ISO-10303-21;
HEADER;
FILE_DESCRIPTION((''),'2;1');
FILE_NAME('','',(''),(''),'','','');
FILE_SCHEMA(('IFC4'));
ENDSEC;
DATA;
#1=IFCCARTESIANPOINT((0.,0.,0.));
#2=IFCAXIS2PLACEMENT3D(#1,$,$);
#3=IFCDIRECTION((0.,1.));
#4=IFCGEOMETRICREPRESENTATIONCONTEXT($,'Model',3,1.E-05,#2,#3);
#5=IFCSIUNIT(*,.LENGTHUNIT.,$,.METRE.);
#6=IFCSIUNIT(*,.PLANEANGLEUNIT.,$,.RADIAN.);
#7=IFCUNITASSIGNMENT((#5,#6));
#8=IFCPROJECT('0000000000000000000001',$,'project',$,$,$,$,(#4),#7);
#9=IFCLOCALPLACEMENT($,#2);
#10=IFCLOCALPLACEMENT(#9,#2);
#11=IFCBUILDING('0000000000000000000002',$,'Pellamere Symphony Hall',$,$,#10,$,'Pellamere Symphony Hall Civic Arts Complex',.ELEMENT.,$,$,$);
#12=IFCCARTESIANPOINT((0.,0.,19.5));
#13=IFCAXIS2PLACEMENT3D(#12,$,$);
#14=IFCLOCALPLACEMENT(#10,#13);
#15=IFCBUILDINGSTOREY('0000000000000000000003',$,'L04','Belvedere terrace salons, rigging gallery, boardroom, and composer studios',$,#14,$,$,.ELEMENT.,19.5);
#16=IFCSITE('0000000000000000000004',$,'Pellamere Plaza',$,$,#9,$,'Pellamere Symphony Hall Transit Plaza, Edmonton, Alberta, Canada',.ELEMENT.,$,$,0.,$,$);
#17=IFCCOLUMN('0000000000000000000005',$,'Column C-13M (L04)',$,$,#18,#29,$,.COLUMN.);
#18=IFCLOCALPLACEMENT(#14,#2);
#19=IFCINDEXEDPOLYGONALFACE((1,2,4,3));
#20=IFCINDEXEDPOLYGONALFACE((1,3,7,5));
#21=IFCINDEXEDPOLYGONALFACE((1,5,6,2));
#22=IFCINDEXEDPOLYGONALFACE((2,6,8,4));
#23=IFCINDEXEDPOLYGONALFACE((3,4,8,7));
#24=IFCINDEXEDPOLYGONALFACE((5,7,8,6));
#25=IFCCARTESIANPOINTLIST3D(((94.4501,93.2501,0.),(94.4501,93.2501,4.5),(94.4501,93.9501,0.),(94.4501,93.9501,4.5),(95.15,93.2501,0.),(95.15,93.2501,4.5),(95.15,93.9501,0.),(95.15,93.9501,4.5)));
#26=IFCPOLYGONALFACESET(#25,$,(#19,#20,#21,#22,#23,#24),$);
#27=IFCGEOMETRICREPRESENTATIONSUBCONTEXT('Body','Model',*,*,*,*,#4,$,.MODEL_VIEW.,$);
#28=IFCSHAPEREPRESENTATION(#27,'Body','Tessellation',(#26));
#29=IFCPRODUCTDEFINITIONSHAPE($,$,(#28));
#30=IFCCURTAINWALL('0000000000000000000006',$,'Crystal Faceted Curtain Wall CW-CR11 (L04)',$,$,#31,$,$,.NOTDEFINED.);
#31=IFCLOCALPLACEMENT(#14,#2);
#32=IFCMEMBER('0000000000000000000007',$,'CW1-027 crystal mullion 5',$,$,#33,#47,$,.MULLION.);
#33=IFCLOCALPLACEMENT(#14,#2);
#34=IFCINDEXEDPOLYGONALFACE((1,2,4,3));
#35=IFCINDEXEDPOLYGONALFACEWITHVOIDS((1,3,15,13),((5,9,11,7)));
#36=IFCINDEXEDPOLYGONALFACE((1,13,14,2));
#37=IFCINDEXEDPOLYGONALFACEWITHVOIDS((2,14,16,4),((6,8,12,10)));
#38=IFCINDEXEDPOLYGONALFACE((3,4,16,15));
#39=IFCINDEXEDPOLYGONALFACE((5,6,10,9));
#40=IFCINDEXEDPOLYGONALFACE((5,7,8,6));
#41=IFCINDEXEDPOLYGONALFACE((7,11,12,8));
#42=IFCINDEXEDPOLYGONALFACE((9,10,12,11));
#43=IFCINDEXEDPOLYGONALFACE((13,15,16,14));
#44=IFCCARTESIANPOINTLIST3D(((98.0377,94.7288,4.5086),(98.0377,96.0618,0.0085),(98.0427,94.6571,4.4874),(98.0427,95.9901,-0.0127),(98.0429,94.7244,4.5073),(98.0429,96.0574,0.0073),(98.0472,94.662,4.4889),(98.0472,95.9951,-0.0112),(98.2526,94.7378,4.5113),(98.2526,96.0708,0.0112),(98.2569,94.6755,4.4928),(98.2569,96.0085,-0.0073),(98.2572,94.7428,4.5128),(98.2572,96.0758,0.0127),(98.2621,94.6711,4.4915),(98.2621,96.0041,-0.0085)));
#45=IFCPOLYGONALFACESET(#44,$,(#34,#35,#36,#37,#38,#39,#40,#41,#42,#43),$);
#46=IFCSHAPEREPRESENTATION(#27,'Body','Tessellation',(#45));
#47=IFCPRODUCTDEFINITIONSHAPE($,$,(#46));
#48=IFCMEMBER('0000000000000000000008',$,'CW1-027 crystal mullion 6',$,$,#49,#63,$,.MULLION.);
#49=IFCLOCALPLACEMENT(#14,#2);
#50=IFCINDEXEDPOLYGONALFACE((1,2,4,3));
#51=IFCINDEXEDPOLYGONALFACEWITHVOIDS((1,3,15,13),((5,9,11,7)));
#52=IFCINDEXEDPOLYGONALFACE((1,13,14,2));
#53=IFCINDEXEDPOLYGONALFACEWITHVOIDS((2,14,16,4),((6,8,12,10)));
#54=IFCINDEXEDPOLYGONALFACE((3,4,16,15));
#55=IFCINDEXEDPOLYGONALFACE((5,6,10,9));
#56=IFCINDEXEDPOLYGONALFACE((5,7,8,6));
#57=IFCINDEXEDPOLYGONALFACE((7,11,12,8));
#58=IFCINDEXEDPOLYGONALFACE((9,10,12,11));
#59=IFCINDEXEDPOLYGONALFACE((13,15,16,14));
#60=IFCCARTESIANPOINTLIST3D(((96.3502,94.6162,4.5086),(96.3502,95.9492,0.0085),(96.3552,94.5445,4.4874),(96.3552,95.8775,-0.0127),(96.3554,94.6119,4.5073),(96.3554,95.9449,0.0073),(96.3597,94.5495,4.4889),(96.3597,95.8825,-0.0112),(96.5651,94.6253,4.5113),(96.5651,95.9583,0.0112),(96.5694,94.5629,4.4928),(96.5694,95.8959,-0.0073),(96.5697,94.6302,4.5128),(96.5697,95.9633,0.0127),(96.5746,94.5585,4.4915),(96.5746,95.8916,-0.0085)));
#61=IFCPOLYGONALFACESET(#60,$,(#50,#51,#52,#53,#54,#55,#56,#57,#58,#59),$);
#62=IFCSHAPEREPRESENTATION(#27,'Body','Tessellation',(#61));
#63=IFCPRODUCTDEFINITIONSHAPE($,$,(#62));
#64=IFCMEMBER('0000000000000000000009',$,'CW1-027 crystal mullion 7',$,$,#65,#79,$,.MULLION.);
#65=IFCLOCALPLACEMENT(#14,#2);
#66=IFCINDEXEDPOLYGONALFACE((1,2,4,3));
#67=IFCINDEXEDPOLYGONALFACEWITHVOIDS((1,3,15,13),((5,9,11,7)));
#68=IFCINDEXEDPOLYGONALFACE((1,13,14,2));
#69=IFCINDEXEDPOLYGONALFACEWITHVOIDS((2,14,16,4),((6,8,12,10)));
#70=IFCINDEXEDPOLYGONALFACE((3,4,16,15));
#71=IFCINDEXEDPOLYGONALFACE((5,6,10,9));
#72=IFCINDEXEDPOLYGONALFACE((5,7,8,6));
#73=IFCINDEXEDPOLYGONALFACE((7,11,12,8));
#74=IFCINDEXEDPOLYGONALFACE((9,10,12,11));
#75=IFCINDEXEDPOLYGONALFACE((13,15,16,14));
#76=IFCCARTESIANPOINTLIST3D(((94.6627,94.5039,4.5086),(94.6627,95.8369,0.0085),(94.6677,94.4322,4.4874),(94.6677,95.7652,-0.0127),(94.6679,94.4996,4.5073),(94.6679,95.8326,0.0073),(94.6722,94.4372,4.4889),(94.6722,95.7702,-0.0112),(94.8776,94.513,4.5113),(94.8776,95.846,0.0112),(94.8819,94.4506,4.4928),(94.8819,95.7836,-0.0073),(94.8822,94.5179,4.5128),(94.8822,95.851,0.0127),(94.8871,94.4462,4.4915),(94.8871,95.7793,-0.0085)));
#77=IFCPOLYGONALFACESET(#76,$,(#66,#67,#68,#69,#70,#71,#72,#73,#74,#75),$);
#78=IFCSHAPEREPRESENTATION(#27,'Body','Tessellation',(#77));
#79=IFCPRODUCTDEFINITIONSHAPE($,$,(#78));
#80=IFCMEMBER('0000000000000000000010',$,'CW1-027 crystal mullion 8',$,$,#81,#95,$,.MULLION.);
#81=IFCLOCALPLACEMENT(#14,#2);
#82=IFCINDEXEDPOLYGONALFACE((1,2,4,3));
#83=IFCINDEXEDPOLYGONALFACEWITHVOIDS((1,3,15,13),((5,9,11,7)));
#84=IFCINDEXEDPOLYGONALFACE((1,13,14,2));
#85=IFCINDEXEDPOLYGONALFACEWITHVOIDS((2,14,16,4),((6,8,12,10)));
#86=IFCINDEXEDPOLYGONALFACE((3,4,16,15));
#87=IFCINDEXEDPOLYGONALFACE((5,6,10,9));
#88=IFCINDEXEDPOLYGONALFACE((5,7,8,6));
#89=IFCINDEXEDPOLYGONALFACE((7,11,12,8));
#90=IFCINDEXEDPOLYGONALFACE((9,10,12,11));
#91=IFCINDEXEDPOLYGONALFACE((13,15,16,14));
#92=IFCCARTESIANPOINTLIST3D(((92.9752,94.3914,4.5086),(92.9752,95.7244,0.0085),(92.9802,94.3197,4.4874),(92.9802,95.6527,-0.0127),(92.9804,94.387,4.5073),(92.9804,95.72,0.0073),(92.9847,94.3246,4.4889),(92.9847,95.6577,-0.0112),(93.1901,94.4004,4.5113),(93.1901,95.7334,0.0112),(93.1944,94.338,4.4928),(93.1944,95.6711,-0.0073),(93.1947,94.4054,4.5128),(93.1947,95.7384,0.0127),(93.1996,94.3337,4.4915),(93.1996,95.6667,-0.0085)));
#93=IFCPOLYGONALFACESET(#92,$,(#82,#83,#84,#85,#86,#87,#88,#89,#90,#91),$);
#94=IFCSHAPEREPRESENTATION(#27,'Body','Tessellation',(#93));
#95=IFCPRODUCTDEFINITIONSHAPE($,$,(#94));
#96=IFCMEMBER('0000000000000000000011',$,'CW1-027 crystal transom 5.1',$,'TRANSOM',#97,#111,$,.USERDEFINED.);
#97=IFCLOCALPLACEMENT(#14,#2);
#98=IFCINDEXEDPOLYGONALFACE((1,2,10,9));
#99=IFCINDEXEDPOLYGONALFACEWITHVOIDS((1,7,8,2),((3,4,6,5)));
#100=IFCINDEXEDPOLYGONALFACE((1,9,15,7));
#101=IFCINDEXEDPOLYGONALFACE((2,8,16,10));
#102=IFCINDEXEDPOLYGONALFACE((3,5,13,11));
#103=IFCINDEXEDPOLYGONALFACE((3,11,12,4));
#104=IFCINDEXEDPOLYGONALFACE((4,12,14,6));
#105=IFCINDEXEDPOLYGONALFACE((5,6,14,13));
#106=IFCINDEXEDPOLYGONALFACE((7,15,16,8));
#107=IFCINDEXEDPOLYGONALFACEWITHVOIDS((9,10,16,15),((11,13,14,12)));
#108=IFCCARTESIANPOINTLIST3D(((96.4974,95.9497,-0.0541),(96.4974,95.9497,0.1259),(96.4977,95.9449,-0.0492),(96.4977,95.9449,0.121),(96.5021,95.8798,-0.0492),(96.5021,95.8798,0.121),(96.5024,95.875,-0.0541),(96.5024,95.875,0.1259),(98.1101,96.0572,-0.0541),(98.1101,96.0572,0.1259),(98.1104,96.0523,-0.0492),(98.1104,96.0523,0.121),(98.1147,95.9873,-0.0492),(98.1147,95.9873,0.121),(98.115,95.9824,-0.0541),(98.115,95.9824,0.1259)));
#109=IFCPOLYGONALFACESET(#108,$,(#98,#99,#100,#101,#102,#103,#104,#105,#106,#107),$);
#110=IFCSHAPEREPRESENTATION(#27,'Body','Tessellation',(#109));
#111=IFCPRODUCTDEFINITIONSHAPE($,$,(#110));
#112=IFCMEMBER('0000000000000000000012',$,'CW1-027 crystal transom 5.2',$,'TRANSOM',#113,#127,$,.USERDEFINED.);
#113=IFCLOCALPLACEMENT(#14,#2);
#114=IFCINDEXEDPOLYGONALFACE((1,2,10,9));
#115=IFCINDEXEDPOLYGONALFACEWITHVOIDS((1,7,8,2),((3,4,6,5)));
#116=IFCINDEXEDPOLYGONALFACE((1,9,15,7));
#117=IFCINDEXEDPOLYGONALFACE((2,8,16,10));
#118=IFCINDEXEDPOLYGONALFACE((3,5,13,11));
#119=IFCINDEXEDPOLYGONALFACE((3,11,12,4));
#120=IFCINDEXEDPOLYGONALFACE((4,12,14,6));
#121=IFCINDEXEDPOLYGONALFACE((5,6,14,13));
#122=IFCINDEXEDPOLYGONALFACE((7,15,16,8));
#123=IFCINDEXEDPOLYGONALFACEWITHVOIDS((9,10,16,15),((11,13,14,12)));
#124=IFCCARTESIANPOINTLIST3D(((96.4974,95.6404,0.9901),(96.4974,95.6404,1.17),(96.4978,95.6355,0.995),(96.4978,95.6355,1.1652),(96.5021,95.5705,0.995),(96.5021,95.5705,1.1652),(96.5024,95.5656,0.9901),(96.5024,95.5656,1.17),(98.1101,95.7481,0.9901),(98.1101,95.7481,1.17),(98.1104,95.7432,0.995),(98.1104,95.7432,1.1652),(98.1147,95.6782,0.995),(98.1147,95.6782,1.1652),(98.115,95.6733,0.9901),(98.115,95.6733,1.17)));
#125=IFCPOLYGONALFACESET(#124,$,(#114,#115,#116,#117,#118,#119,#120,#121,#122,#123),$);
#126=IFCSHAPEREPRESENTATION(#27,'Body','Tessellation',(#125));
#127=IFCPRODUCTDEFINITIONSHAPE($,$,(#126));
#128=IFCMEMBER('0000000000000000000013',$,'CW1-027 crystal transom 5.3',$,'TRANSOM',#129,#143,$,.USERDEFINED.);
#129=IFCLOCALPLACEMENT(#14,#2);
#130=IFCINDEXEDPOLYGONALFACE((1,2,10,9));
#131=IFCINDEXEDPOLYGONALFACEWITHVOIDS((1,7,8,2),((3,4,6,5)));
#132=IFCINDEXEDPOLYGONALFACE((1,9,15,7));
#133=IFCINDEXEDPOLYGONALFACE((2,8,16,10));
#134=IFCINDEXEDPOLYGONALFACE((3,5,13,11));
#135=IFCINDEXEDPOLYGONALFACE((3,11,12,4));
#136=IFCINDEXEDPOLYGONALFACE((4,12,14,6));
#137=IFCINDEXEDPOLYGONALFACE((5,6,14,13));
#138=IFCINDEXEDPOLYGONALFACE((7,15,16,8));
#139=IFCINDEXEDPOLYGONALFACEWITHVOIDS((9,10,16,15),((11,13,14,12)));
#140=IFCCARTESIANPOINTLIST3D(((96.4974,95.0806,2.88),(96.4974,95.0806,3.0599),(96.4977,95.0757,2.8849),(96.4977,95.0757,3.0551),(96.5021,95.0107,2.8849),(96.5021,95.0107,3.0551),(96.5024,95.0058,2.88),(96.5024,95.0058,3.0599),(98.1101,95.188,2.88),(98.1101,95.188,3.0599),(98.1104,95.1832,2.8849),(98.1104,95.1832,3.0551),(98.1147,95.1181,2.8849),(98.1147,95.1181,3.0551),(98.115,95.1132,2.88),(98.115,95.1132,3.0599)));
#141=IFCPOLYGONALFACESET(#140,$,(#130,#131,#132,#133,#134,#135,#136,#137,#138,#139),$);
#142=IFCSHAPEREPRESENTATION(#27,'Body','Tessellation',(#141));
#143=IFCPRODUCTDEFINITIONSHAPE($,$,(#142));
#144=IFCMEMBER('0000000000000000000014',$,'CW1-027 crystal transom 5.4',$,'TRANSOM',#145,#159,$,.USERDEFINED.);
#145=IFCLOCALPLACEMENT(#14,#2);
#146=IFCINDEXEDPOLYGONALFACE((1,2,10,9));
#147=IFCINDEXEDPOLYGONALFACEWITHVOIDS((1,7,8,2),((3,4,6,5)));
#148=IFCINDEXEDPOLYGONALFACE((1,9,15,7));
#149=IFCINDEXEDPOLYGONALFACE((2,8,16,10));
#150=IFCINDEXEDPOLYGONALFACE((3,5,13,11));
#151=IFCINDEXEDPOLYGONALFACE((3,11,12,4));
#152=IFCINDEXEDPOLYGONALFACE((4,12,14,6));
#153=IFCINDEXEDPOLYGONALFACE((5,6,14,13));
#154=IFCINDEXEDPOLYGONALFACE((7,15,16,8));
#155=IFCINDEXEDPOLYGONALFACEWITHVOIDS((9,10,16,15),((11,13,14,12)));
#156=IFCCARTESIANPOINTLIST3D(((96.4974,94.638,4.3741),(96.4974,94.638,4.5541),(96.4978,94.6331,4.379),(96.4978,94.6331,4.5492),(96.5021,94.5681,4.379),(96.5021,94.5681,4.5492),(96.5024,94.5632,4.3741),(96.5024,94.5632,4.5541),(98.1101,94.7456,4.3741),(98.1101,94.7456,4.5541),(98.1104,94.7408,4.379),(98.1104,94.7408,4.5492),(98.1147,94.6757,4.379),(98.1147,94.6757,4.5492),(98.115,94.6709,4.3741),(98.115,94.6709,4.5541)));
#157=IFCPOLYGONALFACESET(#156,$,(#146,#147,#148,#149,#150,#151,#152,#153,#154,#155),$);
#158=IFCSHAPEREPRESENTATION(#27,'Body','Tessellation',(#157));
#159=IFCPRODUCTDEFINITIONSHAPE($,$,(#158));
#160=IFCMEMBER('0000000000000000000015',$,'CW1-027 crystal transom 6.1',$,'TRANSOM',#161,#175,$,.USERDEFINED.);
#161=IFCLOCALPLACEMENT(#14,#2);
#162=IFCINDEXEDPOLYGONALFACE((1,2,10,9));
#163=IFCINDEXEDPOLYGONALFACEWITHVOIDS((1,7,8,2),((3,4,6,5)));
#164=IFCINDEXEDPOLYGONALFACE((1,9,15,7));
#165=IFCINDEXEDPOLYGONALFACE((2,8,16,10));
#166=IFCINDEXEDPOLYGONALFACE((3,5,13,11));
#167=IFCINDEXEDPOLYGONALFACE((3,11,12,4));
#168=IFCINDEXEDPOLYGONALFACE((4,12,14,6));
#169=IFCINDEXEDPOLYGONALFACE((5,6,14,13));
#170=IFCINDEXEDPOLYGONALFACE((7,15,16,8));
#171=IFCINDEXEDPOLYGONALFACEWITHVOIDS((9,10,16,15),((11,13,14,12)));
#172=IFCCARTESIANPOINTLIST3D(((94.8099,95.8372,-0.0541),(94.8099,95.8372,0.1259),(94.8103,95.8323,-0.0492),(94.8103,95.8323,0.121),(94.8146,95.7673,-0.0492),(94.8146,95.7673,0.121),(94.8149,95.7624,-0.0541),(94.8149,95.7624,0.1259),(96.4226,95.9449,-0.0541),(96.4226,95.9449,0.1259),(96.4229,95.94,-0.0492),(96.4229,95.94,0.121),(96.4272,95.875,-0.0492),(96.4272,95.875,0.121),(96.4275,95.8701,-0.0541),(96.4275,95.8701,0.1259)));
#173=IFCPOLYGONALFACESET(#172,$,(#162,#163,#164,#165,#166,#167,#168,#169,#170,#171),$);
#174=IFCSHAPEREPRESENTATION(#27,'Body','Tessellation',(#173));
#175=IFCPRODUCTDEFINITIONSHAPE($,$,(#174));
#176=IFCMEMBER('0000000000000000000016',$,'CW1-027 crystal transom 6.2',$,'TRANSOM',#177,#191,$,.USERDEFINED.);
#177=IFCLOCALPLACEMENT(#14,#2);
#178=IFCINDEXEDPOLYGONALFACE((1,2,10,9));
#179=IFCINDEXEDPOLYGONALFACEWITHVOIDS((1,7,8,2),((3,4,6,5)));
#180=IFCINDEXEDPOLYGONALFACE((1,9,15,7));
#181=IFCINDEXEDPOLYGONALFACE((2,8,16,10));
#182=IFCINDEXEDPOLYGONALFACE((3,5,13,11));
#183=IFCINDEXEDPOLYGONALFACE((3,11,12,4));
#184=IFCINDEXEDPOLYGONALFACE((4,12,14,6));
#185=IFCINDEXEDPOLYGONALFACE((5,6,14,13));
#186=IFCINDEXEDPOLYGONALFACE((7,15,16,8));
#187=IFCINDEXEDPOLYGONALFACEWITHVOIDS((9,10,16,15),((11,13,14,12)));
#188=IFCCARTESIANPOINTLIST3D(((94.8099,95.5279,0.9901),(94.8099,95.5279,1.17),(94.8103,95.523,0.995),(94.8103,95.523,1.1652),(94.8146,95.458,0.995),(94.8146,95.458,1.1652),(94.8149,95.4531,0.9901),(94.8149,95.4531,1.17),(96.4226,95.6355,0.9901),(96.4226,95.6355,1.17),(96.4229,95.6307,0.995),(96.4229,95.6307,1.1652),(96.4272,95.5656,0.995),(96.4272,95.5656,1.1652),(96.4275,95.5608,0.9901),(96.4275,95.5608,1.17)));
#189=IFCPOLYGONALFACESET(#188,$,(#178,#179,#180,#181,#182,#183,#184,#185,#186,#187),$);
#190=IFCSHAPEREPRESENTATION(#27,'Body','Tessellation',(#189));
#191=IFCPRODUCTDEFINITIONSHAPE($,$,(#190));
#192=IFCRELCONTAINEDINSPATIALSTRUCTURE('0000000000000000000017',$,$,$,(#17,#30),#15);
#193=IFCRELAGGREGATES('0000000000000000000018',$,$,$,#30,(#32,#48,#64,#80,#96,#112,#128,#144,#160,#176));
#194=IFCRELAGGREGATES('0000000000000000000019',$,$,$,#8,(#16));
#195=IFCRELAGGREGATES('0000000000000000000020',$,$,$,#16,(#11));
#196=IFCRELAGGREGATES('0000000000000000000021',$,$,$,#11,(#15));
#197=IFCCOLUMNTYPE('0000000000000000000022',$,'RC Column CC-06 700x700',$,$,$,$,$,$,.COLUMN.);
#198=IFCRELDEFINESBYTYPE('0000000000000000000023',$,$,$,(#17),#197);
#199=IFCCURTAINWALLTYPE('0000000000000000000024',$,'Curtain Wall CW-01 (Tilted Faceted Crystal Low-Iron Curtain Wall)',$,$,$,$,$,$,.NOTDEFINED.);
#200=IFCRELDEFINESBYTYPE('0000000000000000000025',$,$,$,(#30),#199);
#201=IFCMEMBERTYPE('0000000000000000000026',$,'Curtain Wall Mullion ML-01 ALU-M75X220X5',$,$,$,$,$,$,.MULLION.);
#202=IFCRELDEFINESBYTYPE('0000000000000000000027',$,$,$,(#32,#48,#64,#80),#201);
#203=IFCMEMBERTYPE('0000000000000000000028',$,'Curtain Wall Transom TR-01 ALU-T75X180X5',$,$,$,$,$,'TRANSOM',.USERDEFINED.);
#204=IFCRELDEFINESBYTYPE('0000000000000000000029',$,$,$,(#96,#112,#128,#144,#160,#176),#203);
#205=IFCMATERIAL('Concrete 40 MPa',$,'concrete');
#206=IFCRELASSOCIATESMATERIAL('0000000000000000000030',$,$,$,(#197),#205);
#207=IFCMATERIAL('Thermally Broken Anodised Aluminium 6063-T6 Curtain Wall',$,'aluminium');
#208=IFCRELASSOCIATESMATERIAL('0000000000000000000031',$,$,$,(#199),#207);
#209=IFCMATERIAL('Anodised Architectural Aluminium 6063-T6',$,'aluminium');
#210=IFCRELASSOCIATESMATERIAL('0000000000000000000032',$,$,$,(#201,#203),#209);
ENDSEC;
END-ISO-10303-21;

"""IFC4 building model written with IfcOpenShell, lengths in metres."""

from ifc_helpers import new_model, si_unit, direction, frame, origin, origin_2d, place, context, subcontext, project, spatial, rectangle, hollow_rectangle, extrude, material, material_profile, profile_set, type_object, element, aggregate, save


model = new_model("IFC4")

# Units and contexts
model_context = context("Model", 3, precision=1e-05, world=origin(), true_north=direction((0.0, 1.0)))
body_context = subcontext(model_context, "Body", "Model", "MODEL_VIEW")
ifc_project = project(units=[si_unit("LENGTHUNIT", "METRE"), si_unit("PLANEANGLEUNIT", "RADIAN")], contexts=[model_context])

# Site, building, storey
site_placement = place(None, origin())
site = spatial("IfcSite", under=ifc_project, at=site_placement, Name="Pellamere Plaza", LongName="Pellamere Symphony Hall Transit Plaza, Edmonton, Alberta, Canada", CompositionType="ELEMENT", RefElevation=0.0)
building_placement = place(site_placement, origin())
building = spatial("IfcBuilding", under=site, at=building_placement, Name="Pellamere Symphony Hall", LongName="Pellamere Symphony Hall Civic Arts Complex", CompositionType="ELEMENT")
storey_placement = place(building_placement, frame((0.0, 0.0, 19.5)))
storey = spatial("IfcBuildingStorey", under=building, at=storey_placement, Name="L04", Description="Belvedere terrace salons, rigging gallery, boardroom, and composer studios", CompositionType="ELEMENT", Elevation=19.5)

# Column
ifc_material_1 = material(Name="Concrete 40 MPa", Category="concrete")
ifc_material_profile_1 = material_profile(ifc_material_1, rectangle(XDim=0.7, YDim=0.7, at=origin_2d()), Name="RC 700x700")
ifc_profile_set_1 = profile_set([ifc_material_profile_1], Name="Concrete 40 MPa")
column_type = type_object("IfcColumnType", Name="RC Column CC-06 700x700", PredefinedType="COLUMN", material=ifc_profile_set_1)
column_placement = place(storey_placement, frame((94.8, 93.6001, 0.0), z_axis=(0.0, 0.0, 1.0), x_axis=(1.0, 0.0, 0.0)))
element("IfcColumn", 1, at=column_placement, inside=storey, type_object=column_type, Name="Column C-13M (L04)", PredefinedType="COLUMN", context=body_context, shape_type="SweptSolid", body=[
    extrude(rectangle(XDim=0.7, YDim=0.7, at=origin_2d()), origin(), (0.0, 0.0, 1.0), 4.5),
])

# Curtain wall, members
ifc_material_2 = material(Name="Thermally Broken Anodised Aluminium 6063-T6 Curtain Wall", Category="aluminium")
curtain_wall_type = type_object("IfcCurtainWallType", Name="Curtain Wall CW-01 (Tilted Faceted Crystal Low-Iron Curtain Wall)", PredefinedType="NOTDEFINED", material=ifc_material_2)
curtain_wall_placement = place(storey_placement, origin())
curtain_wall = element("IfcCurtainWall", 2, at=curtain_wall_placement, inside=storey, type_object=curtain_wall_type, Name="Crystal Faceted Curtain Wall CW-CR11 (L04)", PredefinedType="NOTDEFINED")
ifc_material_3 = material(Name="Anodised Architectural Aluminium 6063-T6", Category="aluminium")
ifc_material_profile_2 = material_profile(ifc_material_3, hollow_rectangle(XDim=0.075, YDim=0.22, WallThickness=0.0049, at=origin_2d()), Name="ALU-M75X220X5")
ifc_profile_set_2 = profile_set([ifc_material_profile_2], Name="Anodised Architectural Aluminium 6063-T6")
member_type_1 = type_object("IfcMemberType", Name="Curtain Wall Mullion ML-01 ALU-M75X220X5", PredefinedType="MULLION", material=ifc_profile_set_2)
member_1_placement = place(storey_placement, frame((98.1499, 96.033, 0.0), z_axis=(0.0, -0.284025, 0.958817), x_axis=(0.066519, -0.956693, -0.283395)))
member_1 = element("IfcMember", 3, at=member_1_placement, type_object=member_type_1, Name="CW1-027 crystal mullion 5", PredefinedType="MULLION", context=body_context, shape_type="SweptSolid", body=[
    extrude(hollow_rectangle(XDim=0.075, YDim=0.22, WallThickness=0.0049, at=origin_2d()), origin(), (0.0, 0.0, 1.0), 4.6934),
])
member_2_placement = place(storey_placement, frame((96.4624, 95.9204, 0.0), z_axis=(0.0, -0.284025, 0.958817), x_axis=(0.066519, -0.956693, -0.283395)))
member_2 = element("IfcMember", 4, at=member_2_placement, type_object=member_type_1, Name="CW1-027 crystal mullion 6", PredefinedType="MULLION", context=body_context, shape_type="SweptSolid", body=[
    extrude(hollow_rectangle(XDim=0.075, YDim=0.22, WallThickness=0.0049, at=origin_2d()), origin(), (0.0, 0.0, 1.0), 4.6934),
])
member_3_placement = place(storey_placement, frame((94.7749, 95.8081, 0.0), z_axis=(0.0, -0.284025, 0.958817), x_axis=(0.066519, -0.956693, -0.283395)))
member_3 = element("IfcMember", 5, at=member_3_placement, type_object=member_type_1, Name="CW1-027 crystal mullion 7", PredefinedType="MULLION", context=body_context, shape_type="SweptSolid", body=[
    extrude(hollow_rectangle(XDim=0.075, YDim=0.22, WallThickness=0.0049, at=origin_2d()), origin(), (0.0, 0.0, 1.0), 4.6934),
])
member_4_placement = place(storey_placement, frame((93.0874, 95.6956, 0.0), z_axis=(0.0, -0.284025, 0.958817), x_axis=(0.066519, -0.956693, -0.283395)))
member_4 = element("IfcMember", 6, at=member_4_placement, type_object=member_type_1, Name="CW1-027 crystal mullion 8", PredefinedType="MULLION", context=body_context, shape_type="SweptSolid", body=[
    extrude(hollow_rectangle(XDim=0.075, YDim=0.22, WallThickness=0.0049, at=origin_2d()), origin(), (0.0, 0.0, 1.0), 4.6934),
])
ifc_material_profile_3 = material_profile(ifc_material_3, hollow_rectangle(XDim=0.075, YDim=0.1799, WallThickness=0.0049, at=origin_2d()), Name="ALU-T75X180X5")
ifc_profile_set_3 = profile_set([ifc_material_profile_3], Name="Anodised Architectural Aluminium 6063-T6")
member_type_2 = type_object("IfcMemberType", Name="Curtain Wall Transom TR-01 ALU-T75X180X5", ElementType="TRANSOM", PredefinedType="USERDEFINED", material=ifc_profile_set_3)
member_5_placement = place(storey_placement, frame((98.1125, 96.0198, 0.0359), z_axis=(-0.997788, -0.066469, 0.0), x_axis=(0.066469, -0.997788, 0.0)))
member_5 = element("IfcMember", 7, at=member_5_placement, type_object=member_type_2, Name="CW1-027 crystal transom 5.1", ObjectType="TRANSOM", PredefinedType="USERDEFINED", context=body_context, shape_type="SweptSolid", body=[
    extrude(hollow_rectangle(XDim=0.075, YDim=0.1799, WallThickness=0.0049, at=origin_2d()), origin(), (0.0, 0.0, 1.0), 1.6162),
])
member_6_placement = place(storey_placement, frame((98.1125, 95.7107, 1.0801), z_axis=(-0.997778, -0.066619, 0.0), x_axis=(0.066619, -0.997778, 0.0)))
member_6 = element("IfcMember", 8, at=member_6_placement, type_object=member_type_2, Name="CW1-027 crystal transom 5.2", ObjectType="TRANSOM", PredefinedType="USERDEFINED", context=body_context, shape_type="SweptSolid", body=[
    extrude(hollow_rectangle(XDim=0.075, YDim=0.1799, WallThickness=0.0049, at=origin_2d()), origin(), (0.0, 0.0, 1.0), 1.6162),
])
member_7_placement = place(storey_placement, frame((98.1125, 95.1506, 2.97), z_axis=(-0.997788, -0.066469, 0.0), x_axis=(0.066469, -0.997788, 0.0)))
member_7 = element("IfcMember", 9, at=member_7_placement, type_object=member_type_2, Name="CW1-027 crystal transom 5.3", ObjectType="TRANSOM", PredefinedType="USERDEFINED", context=body_context, shape_type="SweptSolid", body=[
    extrude(hollow_rectangle(XDim=0.075, YDim=0.1799, WallThickness=0.0049, at=origin_2d()), origin(), (0.0, 0.0, 1.0), 1.6162),
])
member_8_placement = place(storey_placement, frame((98.1125, 94.7083, 4.4641), z_axis=(-0.997778, -0.066619, 0.0), x_axis=(0.066619, -0.997778, 0.0)))
member_8 = element("IfcMember", 10, at=member_8_placement, type_object=member_type_2, Name="CW1-027 crystal transom 5.4", ObjectType="TRANSOM", PredefinedType="USERDEFINED", context=body_context, shape_type="SweptSolid", body=[
    extrude(hollow_rectangle(XDim=0.075, YDim=0.1799, WallThickness=0.0049, at=origin_2d()), origin(), (0.0, 0.0, 1.0), 1.6162),
])
member_9_placement = place(storey_placement, frame((96.425, 95.9075, 0.0359), z_axis=(-0.997778, -0.066619, 0.0), x_axis=(0.066619, -0.997778, 0.0)))
member_9 = element("IfcMember", 11, at=member_9_placement, type_object=member_type_2, Name="CW1-027 crystal transom 6.1", ObjectType="TRANSOM", PredefinedType="USERDEFINED", context=body_context, shape_type="SweptSolid", body=[
    extrude(hollow_rectangle(XDim=0.075, YDim=0.1799, WallThickness=0.0049, at=origin_2d()), origin(), (0.0, 0.0, 1.0), 1.6162),
])
member_10_placement = place(storey_placement, frame((96.425, 95.5981, 1.0801), z_axis=(-0.997778, -0.066619, 0.0), x_axis=(0.066619, -0.997778, 0.0)))
member_10 = element("IfcMember", 12, at=member_10_placement, type_object=member_type_2, Name="CW1-027 crystal transom 6.2", ObjectType="TRANSOM", PredefinedType="USERDEFINED", context=body_context, shape_type="SweptSolid", body=[
    extrude(hollow_rectangle(XDim=0.075, YDim=0.1799, WallThickness=0.0049, at=origin_2d()), origin(), (0.0, 0.0, 1.0), 1.6162),
])

aggregate(curtain_wall, [member_1, member_2, member_3, member_4, member_5, member_6, member_7, member_8, member_9, member_10])

save(model, "model.ifc")
